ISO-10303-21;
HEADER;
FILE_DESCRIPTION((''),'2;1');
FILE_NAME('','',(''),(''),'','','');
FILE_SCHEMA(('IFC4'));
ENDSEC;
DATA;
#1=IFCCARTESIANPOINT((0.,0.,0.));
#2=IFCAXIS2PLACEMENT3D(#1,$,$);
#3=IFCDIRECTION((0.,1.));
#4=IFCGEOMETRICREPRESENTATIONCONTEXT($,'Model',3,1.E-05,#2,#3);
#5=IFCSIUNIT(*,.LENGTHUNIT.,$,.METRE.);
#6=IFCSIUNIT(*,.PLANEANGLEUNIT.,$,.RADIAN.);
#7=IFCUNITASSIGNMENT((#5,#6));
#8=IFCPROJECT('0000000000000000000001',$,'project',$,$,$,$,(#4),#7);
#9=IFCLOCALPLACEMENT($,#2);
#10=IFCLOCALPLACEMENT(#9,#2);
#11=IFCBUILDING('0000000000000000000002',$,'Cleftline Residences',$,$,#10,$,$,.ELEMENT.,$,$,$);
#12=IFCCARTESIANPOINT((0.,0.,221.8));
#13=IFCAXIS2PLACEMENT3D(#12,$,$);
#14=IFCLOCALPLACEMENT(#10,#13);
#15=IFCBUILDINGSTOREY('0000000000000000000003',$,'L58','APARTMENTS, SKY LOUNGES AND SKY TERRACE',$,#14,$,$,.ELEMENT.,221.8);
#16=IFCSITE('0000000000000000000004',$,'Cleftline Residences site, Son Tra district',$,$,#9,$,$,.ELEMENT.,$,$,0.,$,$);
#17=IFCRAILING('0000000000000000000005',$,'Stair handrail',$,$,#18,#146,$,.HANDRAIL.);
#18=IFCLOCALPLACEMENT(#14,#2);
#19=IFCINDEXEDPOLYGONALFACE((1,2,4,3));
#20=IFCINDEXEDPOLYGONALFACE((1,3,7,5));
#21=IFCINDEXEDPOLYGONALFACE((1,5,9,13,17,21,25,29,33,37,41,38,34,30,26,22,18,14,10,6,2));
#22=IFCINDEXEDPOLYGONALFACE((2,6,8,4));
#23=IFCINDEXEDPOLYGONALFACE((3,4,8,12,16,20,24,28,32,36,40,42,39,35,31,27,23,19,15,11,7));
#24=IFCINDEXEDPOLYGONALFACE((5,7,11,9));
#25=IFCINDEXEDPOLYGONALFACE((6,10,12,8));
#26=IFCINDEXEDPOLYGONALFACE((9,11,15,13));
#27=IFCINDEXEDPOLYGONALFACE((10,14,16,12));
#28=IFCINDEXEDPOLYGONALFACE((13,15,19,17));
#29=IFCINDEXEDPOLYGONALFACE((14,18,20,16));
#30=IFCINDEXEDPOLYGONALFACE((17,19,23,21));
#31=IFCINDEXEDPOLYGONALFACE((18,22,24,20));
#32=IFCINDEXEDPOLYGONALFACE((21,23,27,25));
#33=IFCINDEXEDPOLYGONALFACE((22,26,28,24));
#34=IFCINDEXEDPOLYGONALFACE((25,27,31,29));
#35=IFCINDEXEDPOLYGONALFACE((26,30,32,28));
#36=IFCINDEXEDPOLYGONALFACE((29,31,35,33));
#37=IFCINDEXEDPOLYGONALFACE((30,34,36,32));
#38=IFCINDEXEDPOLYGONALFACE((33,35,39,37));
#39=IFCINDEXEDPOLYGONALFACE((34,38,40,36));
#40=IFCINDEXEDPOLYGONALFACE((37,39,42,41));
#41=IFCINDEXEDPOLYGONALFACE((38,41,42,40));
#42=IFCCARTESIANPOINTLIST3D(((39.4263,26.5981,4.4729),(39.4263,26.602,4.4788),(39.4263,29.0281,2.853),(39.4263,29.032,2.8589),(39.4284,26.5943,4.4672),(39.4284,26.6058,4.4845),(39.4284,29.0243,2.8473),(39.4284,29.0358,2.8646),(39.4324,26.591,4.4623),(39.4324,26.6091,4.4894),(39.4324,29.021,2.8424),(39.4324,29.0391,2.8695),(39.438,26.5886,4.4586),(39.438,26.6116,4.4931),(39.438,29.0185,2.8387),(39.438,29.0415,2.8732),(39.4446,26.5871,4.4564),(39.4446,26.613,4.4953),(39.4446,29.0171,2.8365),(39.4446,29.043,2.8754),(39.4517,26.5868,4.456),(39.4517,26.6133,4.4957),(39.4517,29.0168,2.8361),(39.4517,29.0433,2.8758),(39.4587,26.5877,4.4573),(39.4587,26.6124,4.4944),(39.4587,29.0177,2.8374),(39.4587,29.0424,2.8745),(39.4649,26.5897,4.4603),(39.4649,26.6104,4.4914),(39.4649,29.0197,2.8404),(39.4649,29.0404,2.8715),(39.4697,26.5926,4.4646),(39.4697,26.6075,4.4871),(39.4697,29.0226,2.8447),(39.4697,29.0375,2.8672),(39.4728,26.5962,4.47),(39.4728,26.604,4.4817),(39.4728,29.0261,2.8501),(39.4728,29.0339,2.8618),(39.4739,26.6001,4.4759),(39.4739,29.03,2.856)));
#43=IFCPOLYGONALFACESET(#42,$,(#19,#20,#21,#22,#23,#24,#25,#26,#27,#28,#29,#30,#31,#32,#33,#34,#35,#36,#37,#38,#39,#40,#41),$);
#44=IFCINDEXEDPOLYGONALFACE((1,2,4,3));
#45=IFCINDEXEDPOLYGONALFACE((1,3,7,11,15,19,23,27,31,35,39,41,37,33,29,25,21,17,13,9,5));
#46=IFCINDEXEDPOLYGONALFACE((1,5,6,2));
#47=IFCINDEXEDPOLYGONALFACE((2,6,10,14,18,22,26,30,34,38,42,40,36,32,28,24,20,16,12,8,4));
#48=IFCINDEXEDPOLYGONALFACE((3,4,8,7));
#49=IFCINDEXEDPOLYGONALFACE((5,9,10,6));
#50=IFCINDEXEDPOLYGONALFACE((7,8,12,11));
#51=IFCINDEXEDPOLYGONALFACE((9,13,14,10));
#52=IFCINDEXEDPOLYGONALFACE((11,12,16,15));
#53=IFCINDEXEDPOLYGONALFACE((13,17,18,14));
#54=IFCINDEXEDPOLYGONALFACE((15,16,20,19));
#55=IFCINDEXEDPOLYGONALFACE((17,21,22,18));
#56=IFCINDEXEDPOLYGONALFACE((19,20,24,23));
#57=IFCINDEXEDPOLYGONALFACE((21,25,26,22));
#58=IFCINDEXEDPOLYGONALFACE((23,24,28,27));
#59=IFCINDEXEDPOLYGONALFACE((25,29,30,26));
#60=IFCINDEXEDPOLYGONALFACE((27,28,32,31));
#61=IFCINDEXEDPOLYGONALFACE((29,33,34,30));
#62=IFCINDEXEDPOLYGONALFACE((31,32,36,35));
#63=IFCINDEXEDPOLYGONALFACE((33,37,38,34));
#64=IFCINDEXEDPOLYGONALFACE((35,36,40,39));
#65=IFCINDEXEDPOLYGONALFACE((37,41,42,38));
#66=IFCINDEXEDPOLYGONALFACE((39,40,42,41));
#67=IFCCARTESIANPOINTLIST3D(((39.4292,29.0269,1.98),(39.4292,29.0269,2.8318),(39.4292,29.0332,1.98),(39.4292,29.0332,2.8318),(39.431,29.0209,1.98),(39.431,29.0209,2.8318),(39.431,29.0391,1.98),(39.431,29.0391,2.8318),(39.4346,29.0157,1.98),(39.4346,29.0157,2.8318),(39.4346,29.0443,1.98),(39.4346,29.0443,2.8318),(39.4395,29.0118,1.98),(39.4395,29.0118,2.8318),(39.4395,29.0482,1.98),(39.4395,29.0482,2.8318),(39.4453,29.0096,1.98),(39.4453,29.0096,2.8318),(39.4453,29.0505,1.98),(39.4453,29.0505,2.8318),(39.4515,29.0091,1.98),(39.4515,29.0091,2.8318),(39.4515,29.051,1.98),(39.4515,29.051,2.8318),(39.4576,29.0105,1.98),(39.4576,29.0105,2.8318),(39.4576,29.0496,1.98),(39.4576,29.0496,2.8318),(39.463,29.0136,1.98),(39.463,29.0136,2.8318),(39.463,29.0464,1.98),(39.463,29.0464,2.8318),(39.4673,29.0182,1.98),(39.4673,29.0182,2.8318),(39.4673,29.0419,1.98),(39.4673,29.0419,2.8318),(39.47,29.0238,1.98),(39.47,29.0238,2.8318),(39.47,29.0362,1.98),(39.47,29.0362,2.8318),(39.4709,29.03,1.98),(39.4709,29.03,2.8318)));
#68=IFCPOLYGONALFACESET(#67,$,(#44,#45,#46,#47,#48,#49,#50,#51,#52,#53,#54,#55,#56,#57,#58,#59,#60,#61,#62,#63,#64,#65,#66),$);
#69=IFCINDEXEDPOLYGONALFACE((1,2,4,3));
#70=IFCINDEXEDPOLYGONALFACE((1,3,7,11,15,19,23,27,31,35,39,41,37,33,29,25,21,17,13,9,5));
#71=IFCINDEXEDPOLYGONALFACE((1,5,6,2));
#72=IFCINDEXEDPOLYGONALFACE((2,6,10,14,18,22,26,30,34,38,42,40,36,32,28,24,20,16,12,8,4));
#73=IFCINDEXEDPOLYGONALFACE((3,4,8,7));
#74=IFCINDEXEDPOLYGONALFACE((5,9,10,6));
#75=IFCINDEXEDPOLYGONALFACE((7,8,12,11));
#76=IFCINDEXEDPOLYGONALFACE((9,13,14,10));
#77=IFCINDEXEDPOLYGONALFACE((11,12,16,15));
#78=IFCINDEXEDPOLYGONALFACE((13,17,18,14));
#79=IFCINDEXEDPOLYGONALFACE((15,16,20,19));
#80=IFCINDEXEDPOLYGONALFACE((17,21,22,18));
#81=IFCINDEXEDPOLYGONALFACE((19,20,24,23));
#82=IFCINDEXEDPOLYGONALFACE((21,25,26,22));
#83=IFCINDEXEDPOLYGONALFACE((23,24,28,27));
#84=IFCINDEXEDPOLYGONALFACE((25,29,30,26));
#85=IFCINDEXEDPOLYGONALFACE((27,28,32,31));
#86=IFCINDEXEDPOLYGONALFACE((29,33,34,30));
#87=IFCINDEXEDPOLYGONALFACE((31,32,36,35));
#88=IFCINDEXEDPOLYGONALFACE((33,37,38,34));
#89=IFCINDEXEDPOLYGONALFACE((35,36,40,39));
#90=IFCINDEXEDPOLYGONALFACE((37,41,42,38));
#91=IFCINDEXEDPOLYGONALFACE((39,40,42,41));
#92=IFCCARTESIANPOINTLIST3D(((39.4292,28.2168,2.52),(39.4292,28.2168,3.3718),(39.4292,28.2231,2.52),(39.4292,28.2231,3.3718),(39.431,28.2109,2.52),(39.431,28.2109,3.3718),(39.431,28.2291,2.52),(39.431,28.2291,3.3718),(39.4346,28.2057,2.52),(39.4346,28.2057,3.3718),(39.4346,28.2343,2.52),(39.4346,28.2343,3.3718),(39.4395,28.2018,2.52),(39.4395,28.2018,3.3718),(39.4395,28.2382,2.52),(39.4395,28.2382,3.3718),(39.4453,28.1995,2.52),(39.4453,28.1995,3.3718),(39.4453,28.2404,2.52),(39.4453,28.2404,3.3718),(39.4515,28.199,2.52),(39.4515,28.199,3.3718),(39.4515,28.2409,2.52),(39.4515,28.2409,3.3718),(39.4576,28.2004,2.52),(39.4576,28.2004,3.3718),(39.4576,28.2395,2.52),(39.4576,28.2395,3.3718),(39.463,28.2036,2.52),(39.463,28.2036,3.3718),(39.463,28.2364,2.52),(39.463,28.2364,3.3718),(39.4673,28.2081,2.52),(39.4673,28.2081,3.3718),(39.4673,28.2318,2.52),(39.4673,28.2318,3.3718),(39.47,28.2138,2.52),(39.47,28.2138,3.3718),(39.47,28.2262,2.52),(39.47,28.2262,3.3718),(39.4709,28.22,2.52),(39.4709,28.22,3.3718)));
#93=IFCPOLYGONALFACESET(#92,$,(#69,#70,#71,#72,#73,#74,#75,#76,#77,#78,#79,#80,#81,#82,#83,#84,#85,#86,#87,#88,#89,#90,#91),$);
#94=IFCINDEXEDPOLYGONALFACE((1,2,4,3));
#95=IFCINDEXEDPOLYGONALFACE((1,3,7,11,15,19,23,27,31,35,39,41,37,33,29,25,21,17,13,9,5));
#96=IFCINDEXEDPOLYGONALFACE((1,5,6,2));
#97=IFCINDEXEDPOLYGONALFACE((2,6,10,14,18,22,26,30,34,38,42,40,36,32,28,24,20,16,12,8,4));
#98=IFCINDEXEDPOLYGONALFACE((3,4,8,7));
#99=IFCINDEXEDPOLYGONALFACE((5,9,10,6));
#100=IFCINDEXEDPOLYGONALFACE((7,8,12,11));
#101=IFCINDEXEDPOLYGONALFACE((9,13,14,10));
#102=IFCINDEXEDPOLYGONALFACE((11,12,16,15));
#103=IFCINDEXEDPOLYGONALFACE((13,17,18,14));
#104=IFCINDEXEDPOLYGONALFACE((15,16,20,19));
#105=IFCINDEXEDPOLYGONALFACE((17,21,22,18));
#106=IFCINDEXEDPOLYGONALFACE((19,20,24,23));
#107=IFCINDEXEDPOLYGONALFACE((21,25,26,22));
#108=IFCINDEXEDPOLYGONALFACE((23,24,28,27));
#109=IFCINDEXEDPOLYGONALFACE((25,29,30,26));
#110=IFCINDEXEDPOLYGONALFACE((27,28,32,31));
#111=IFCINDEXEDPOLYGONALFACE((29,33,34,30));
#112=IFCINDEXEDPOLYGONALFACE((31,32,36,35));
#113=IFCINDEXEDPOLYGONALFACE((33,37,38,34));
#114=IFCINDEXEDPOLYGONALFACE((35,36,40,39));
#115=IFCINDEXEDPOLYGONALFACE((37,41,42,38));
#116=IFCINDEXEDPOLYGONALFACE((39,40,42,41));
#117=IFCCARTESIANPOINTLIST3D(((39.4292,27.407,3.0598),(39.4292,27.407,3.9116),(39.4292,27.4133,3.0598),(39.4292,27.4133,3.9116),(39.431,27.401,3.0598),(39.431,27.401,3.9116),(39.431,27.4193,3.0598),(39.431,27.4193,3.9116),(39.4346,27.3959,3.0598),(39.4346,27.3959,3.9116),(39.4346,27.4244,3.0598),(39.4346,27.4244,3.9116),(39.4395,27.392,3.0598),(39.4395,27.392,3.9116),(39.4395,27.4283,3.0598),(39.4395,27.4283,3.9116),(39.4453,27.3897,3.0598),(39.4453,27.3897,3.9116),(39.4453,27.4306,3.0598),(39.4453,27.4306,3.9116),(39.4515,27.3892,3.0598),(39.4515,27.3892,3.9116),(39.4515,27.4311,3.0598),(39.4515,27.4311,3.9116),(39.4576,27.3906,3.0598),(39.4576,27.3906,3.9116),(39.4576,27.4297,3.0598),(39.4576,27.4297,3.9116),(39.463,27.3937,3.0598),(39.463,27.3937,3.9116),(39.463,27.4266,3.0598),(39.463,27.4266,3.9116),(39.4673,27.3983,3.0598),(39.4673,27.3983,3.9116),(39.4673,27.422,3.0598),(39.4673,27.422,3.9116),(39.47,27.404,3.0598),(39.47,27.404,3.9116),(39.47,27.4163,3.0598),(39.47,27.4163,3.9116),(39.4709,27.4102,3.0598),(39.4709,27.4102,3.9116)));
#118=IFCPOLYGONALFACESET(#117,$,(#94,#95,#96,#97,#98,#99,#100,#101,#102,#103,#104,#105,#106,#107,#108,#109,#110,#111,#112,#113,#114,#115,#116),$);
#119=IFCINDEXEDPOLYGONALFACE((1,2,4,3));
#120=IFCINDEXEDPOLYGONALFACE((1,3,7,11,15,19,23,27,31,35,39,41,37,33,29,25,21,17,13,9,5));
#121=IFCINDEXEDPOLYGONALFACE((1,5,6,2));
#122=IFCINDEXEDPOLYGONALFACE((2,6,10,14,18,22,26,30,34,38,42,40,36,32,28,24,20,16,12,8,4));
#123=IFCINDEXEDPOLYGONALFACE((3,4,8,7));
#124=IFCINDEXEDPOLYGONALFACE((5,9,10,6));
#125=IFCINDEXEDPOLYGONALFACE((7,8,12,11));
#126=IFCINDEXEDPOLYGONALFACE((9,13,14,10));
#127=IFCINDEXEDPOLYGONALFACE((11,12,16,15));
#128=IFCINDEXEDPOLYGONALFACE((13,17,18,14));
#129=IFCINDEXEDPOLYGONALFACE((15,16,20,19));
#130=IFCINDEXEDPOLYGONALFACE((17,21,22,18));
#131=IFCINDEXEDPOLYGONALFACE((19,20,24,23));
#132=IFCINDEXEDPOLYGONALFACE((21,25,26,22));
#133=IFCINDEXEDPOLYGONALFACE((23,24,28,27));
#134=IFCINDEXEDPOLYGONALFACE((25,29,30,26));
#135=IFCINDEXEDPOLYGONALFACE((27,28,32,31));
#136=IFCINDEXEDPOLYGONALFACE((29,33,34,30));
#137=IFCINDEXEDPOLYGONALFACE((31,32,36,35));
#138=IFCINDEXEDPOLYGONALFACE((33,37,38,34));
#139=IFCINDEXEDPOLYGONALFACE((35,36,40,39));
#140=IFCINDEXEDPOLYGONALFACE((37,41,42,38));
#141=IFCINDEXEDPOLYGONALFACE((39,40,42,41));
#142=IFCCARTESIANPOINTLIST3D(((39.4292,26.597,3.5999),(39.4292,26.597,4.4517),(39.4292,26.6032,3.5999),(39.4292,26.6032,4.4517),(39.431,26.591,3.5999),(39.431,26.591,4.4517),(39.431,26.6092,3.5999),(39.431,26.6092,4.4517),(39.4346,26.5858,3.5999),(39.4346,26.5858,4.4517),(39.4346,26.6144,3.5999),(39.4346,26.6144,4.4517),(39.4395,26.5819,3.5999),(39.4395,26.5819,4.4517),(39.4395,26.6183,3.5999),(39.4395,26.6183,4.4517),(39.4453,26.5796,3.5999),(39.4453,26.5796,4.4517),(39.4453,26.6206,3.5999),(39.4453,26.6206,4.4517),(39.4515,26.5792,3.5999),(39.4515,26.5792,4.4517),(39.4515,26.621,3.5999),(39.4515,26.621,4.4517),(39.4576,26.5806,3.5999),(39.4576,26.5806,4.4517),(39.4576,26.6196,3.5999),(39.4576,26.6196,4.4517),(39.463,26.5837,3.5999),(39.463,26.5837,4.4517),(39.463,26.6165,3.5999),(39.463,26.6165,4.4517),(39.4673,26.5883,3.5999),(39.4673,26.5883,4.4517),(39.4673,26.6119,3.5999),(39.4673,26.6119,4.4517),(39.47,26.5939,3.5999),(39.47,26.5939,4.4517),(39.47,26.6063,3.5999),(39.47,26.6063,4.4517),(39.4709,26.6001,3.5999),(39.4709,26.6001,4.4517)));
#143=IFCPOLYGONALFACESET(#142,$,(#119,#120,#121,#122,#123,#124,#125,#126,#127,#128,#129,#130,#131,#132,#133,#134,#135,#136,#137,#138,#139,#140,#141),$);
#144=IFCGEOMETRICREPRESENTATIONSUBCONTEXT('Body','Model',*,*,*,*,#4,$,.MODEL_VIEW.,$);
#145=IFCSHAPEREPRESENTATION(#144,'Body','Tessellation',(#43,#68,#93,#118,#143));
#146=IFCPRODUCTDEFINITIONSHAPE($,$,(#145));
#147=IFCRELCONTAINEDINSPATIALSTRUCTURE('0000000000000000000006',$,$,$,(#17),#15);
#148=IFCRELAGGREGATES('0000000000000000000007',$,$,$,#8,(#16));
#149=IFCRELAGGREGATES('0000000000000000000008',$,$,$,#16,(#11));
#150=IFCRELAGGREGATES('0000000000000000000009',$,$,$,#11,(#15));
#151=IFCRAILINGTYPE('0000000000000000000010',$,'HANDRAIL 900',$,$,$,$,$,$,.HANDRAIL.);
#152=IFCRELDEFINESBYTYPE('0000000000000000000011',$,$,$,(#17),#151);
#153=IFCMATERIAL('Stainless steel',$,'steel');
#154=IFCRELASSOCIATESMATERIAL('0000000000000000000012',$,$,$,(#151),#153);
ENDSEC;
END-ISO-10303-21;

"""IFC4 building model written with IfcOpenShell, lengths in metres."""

from ifc_helpers import new_model, si_unit, direction, frame, origin, origin_2d, place, context, subcontext, project, spatial, circle, extrude, material, type_object, element, save


model = new_model("IFC4")

# Units and contexts
model_context = context("Model", 3, precision=1e-05, world=origin(), true_north=direction((0.0, 1.0)))
body_context = subcontext(model_context, "Body", "Model", "MODEL_VIEW")
ifc_project = project(units=[si_unit("LENGTHUNIT", "METRE"), si_unit("PLANEANGLEUNIT", "RADIAN")], contexts=[model_context])

# Site, building, storey
site_placement = place(None, origin())
site = spatial("IfcSite", under=ifc_project, at=site_placement, Name="Cleftline Residences site, Son Tra district", CompositionType="ELEMENT", RefElevation=0.0)
building_placement = place(site_placement, origin())
building = spatial("IfcBuilding", under=site, at=building_placement, Name="Cleftline Residences", CompositionType="ELEMENT")
storey_placement = place(building_placement, frame((0.0, 0.0, 221.8)))
storey = spatial("IfcBuildingStorey", under=building, at=storey_placement, Name="L58", Description="APARTMENTS, SKY LOUNGES AND SKY TERRACE", CompositionType="ELEMENT", Elevation=221.8)

# Railing
ifc_material_1 = material(Name="Stainless steel", Category="steel")
railing_type = type_object("IfcRailingType", Name="HANDRAIL 900", PredefinedType="HANDRAIL", material=ifc_material_1)
railing_1_placement = place(storey_placement, frame((39.45, 29.03, 1.98)))
element("IfcRailing", 1, at=railing_1_placement, inside=storey, type_object=railing_type, Name="Stair handrail", PredefinedType="HANDRAIL", context=body_context, shape_type="SweptSolid", body=[
    extrude(circle(Radius=0.0239, at=origin_2d()), frame((0.0, 0.0, 0.876), z_axis=(0.0, -0.832063, 0.554681), x_axis=(1.0, 0.0, 0.0)), (0.0, 0.0, 1.0), 2.9204),
    extrude(circle(Radius=0.021, at=origin_2d()), origin(), (0.0, 0.0, 1.0), 0.8518),
    extrude(circle(Radius=0.021, at=origin_2d()), frame((0.0, -0.8101, 0.54)), (0.0, 0.0, 1.0), 0.8518),
    extrude(circle(Radius=0.021, at=origin_2d()), frame((0.0, -1.6199, 1.0798)), (0.0, 0.0, 1.0), 0.8518),
    extrude(circle(Radius=0.021, at=origin_2d()), frame((0.0, -2.4299, 1.6199)), (0.0, 0.0, 1.0), 0.8518),
])

save(model, "model.ifc")
